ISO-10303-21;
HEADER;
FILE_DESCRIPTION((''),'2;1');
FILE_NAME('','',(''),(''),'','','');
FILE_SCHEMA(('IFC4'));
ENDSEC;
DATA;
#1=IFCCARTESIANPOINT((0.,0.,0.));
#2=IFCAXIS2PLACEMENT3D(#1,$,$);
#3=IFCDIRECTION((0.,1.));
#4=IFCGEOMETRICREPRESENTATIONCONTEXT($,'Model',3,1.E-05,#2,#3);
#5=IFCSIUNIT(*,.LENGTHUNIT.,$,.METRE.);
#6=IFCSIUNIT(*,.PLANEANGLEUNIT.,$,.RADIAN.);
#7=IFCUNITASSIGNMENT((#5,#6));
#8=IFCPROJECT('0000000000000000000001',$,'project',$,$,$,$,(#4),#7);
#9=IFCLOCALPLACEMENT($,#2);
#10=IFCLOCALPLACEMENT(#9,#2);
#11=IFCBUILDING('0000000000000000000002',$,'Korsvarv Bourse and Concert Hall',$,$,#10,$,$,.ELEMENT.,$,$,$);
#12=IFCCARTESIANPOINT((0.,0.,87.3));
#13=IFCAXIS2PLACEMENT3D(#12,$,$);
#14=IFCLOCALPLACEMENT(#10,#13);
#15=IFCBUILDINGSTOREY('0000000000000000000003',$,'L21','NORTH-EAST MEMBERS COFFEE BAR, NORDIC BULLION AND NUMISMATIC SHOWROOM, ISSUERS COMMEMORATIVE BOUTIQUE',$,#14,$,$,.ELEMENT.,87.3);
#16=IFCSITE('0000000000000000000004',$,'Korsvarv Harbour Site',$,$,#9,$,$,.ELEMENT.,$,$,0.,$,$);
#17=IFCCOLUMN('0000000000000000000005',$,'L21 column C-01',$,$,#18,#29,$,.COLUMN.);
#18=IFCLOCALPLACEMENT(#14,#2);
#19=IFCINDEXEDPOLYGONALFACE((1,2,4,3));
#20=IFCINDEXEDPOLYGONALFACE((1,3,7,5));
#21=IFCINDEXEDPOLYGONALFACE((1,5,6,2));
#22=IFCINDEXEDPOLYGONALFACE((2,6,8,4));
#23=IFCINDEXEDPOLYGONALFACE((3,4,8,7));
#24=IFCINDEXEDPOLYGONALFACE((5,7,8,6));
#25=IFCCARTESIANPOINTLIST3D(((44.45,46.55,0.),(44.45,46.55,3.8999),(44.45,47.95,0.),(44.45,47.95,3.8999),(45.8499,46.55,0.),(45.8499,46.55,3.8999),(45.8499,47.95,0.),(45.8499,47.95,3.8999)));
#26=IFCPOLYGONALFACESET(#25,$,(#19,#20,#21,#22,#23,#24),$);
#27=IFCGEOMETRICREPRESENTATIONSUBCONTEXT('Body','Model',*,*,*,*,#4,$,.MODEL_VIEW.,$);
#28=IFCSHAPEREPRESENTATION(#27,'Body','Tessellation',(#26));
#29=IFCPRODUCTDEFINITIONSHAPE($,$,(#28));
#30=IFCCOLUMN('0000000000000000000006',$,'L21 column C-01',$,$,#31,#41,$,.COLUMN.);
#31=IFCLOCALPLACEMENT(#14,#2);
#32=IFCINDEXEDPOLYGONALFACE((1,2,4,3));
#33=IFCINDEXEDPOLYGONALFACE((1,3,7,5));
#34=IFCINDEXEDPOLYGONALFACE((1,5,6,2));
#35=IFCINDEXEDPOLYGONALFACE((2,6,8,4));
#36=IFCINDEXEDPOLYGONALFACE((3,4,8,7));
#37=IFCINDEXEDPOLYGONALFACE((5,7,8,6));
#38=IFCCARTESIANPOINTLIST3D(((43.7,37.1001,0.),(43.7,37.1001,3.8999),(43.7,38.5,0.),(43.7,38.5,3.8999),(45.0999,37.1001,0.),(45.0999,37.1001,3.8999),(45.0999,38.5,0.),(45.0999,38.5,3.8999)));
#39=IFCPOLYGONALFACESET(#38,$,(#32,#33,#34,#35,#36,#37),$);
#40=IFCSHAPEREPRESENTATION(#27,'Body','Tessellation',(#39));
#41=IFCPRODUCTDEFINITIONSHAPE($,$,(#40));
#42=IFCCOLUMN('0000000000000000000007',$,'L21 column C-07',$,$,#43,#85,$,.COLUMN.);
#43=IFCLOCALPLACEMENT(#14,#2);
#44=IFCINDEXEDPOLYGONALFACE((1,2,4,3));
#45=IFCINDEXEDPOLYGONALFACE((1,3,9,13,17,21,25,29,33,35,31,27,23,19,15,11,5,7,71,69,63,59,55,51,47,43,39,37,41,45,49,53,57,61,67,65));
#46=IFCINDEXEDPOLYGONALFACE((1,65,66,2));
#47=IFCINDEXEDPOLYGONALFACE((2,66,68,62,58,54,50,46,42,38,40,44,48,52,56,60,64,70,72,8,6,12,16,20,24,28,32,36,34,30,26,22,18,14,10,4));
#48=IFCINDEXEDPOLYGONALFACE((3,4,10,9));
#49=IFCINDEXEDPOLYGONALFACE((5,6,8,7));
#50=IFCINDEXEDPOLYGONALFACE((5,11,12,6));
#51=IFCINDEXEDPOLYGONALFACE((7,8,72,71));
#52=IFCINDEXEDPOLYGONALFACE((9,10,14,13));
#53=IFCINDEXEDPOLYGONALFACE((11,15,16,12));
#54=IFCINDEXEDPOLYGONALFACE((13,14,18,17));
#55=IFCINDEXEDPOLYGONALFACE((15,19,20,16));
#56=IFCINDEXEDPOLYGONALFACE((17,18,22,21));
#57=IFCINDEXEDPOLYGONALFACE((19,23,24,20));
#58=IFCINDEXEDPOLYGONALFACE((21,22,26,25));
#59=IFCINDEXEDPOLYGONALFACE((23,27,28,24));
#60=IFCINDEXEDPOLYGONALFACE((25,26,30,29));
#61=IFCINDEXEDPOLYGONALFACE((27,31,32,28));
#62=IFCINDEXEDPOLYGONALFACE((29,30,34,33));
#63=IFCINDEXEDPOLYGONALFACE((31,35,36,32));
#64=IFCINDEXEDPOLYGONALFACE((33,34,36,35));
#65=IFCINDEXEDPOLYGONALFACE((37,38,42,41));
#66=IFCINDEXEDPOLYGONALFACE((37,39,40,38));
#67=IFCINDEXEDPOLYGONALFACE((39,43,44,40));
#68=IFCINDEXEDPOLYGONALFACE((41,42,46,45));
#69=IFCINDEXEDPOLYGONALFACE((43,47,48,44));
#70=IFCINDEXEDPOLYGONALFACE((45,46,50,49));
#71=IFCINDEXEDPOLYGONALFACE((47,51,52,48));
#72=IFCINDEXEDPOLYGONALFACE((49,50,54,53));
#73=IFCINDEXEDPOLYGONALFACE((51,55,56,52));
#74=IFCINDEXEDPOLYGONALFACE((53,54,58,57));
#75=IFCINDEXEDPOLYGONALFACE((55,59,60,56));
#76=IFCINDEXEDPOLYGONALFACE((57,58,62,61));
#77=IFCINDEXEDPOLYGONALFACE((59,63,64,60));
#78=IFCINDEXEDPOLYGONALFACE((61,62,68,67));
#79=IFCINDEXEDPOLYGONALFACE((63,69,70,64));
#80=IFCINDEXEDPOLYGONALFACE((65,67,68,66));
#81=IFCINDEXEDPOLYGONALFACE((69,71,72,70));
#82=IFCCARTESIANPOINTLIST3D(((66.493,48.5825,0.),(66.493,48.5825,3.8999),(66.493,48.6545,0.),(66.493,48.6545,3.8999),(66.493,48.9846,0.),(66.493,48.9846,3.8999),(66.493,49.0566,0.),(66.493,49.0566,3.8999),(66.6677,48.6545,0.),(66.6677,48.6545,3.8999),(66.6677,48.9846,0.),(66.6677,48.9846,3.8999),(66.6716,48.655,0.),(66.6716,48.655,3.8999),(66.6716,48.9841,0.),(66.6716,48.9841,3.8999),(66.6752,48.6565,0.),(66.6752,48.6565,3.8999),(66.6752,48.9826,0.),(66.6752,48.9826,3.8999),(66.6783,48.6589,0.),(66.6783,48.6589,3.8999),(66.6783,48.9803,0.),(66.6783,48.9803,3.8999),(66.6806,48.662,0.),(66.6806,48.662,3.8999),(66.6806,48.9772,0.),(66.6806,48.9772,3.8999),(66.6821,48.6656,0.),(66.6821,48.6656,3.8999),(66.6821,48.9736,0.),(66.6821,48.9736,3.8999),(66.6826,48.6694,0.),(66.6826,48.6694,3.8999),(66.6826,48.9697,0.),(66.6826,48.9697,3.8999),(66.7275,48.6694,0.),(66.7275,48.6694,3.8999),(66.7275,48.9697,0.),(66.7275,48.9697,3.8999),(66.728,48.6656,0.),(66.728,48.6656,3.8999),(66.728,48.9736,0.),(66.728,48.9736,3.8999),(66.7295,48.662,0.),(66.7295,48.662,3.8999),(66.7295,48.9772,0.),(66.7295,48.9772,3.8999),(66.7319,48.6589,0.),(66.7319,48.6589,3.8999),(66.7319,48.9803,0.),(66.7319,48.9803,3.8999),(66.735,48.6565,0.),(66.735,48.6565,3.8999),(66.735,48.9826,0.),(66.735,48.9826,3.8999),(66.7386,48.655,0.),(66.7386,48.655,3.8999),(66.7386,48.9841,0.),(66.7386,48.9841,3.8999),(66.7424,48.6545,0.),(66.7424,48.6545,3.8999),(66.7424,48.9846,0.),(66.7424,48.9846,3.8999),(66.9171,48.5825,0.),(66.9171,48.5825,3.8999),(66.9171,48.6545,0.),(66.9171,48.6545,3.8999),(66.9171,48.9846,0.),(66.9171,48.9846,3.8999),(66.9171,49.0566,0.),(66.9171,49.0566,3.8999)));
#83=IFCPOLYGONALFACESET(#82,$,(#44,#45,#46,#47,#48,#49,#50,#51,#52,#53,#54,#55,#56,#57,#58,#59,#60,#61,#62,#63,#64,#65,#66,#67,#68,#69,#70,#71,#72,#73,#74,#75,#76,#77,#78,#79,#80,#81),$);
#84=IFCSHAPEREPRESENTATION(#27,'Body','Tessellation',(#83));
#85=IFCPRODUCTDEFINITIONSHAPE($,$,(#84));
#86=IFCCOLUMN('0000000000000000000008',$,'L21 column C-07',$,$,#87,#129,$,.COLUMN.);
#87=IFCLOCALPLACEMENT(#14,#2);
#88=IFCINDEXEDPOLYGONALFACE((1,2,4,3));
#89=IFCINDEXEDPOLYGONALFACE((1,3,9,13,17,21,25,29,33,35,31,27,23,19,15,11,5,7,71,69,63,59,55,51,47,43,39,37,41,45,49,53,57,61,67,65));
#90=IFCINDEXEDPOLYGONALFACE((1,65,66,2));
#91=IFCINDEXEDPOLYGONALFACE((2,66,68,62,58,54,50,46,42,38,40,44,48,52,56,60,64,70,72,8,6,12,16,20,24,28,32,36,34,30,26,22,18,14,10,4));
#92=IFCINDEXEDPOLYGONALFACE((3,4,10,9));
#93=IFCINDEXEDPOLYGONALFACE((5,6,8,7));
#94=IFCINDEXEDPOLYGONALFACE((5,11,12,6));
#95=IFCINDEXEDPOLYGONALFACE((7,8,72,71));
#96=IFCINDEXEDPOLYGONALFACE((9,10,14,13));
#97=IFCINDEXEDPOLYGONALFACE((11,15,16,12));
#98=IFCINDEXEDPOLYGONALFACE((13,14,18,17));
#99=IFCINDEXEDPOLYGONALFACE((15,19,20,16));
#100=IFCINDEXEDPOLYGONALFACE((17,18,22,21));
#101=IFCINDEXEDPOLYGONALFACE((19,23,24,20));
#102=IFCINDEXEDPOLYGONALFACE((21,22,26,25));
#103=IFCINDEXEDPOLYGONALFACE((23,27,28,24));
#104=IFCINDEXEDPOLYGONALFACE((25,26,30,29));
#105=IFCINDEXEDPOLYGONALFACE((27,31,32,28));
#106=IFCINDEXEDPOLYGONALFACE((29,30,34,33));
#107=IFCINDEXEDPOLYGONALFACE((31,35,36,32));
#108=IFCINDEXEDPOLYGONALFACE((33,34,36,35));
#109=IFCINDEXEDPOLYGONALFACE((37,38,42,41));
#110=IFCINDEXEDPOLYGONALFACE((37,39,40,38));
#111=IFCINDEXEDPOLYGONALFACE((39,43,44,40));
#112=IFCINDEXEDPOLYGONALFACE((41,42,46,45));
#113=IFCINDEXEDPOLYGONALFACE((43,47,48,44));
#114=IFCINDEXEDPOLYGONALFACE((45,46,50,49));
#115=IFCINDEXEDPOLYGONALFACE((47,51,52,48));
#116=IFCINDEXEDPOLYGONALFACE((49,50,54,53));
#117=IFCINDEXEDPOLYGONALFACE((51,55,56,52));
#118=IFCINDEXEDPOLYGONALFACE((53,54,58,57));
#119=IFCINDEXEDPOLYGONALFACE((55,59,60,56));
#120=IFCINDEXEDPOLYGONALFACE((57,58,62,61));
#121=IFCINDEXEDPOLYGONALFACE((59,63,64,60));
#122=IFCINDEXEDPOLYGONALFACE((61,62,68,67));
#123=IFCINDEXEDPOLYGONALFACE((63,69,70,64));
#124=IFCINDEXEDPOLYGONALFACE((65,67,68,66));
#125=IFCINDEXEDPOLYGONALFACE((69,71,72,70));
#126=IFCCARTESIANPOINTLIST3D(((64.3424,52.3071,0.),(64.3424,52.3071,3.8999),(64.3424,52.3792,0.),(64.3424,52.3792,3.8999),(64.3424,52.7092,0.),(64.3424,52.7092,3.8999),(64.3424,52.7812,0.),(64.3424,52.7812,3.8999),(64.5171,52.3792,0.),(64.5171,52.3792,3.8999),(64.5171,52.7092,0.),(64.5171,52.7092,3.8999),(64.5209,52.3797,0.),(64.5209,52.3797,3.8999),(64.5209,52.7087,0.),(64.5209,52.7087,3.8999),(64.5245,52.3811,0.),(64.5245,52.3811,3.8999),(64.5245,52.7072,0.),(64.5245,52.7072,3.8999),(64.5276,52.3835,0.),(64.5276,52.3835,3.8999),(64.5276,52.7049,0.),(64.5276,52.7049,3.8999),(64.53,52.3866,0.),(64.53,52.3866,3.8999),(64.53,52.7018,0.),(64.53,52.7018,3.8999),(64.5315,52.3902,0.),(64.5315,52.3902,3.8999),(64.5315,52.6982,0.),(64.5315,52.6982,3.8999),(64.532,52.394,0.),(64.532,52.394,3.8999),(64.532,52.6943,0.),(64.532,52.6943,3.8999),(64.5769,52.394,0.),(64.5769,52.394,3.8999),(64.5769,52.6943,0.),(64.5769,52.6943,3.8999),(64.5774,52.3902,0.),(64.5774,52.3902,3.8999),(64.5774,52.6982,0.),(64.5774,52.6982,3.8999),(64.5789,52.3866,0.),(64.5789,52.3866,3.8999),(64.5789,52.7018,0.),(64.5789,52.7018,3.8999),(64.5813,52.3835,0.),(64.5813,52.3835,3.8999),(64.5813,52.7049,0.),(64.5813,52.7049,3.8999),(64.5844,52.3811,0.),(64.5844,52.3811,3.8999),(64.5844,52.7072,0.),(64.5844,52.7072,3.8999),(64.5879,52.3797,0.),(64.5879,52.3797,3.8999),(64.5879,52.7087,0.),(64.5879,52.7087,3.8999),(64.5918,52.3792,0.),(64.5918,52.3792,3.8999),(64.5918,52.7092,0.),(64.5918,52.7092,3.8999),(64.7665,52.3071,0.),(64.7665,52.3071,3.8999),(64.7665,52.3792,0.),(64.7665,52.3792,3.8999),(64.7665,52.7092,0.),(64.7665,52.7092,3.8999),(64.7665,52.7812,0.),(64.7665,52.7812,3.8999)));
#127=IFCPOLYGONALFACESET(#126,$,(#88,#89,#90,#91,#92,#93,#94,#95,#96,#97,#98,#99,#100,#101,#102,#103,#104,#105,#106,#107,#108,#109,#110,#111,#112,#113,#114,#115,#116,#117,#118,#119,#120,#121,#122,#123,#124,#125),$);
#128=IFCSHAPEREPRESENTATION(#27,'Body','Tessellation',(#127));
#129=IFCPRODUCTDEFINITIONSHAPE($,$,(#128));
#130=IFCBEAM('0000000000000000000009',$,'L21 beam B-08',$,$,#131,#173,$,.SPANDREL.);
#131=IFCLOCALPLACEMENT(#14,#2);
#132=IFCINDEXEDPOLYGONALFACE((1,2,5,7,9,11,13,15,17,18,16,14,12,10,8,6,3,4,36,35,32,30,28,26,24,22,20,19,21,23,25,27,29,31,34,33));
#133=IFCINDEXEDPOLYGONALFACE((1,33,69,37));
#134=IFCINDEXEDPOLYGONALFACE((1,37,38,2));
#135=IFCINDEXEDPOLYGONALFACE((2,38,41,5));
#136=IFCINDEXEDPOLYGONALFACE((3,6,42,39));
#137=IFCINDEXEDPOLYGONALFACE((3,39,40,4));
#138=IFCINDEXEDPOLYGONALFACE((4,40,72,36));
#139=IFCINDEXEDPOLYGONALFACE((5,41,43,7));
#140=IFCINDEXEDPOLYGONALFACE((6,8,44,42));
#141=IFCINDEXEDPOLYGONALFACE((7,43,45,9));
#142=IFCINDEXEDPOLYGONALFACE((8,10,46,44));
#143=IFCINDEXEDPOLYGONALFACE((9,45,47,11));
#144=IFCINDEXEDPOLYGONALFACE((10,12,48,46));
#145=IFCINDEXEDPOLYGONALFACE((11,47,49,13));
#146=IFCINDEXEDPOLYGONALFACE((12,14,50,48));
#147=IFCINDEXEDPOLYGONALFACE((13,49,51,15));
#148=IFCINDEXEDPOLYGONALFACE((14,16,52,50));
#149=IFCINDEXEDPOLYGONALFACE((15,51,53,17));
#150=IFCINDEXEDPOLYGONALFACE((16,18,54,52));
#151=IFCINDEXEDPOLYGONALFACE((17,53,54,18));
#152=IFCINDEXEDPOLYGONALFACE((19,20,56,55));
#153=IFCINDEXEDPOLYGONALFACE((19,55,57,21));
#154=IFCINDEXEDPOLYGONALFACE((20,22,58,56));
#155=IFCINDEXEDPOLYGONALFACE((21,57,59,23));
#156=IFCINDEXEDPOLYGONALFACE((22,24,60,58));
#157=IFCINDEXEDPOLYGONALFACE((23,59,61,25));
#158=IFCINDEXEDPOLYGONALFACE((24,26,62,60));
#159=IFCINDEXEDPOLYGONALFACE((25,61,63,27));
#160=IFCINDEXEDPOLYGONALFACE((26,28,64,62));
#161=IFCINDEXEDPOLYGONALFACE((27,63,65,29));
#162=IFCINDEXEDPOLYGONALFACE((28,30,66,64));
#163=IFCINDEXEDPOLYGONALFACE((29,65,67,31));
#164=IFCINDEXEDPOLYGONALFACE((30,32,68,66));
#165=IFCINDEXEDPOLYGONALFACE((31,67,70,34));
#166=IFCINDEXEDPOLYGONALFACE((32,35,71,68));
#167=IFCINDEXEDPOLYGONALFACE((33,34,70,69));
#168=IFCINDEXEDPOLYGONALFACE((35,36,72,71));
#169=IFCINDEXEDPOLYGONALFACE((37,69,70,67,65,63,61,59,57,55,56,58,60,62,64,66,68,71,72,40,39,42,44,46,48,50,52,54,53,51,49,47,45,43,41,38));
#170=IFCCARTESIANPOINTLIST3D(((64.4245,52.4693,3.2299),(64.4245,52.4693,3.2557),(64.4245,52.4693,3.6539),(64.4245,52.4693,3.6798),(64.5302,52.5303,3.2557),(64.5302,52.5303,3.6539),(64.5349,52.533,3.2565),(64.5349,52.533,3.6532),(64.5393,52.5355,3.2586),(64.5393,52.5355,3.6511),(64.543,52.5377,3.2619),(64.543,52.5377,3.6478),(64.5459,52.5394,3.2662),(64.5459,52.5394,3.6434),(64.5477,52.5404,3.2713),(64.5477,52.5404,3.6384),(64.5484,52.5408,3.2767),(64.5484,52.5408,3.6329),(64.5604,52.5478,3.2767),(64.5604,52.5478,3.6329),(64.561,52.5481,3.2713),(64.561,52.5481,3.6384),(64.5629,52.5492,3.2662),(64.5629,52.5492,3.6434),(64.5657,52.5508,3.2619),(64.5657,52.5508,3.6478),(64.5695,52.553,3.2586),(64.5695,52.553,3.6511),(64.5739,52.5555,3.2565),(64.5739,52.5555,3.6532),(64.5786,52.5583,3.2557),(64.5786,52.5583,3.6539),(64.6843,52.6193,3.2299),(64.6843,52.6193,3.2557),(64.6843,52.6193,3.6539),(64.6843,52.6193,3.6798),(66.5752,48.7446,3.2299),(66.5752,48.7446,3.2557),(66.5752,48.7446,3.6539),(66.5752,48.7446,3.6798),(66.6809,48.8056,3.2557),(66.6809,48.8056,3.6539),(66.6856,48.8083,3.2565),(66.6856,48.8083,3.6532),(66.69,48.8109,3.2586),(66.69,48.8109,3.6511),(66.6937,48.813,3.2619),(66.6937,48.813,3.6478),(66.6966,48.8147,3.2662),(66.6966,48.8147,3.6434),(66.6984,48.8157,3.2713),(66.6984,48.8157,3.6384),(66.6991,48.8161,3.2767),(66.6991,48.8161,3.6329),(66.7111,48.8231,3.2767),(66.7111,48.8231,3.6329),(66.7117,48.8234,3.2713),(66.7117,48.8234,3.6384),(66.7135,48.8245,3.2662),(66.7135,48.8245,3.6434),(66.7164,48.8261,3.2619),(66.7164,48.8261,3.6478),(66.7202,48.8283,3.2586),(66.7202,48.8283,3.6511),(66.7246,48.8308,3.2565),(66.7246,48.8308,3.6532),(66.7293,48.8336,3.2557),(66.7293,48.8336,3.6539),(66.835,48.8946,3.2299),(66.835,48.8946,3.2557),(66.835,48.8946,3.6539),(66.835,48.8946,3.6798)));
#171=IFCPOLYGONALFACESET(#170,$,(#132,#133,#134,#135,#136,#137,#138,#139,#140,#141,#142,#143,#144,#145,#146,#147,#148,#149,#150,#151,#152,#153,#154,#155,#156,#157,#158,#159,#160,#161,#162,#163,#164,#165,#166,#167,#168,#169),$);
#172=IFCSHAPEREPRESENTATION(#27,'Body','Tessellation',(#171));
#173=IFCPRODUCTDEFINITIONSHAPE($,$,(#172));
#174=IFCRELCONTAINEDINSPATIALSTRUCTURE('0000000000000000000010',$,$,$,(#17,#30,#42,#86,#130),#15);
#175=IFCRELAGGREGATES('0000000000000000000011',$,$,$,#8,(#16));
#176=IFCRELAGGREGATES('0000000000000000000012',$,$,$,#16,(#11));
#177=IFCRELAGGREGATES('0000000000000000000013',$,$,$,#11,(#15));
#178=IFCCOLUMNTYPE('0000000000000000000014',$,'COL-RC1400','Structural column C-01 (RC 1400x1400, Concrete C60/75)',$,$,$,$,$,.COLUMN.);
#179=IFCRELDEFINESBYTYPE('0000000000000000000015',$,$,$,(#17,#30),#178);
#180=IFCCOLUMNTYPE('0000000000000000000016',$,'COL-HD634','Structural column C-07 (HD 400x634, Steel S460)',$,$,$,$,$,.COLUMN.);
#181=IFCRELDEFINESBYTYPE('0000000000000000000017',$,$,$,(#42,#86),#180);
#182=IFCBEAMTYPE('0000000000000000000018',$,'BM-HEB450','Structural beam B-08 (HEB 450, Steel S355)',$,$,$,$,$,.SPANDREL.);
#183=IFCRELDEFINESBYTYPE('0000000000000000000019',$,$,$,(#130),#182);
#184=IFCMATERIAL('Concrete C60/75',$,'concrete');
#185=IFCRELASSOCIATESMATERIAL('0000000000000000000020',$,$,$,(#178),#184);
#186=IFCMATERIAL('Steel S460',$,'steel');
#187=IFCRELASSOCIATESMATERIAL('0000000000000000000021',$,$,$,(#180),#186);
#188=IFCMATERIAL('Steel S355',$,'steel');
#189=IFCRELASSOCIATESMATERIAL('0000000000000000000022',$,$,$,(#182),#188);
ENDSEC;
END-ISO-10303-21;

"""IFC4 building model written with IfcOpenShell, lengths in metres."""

from ifc_helpers import new_model, si_unit, direction, frame, origin, origin_2d, place, context, subcontext, project, spatial, rectangle, i_section, extrude, source, transform, mapped, material, material_profile, profile_set, type_object, element, save


model = new_model("IFC4")

# Units and contexts
model_context = context("Model", 3, precision=1e-05, world=origin(), true_north=direction((0.0, 1.0)))
body_context = subcontext(model_context, "Body", "Model", "MODEL_VIEW")
ifc_project = project(units=[si_unit("LENGTHUNIT", "METRE"), si_unit("PLANEANGLEUNIT", "RADIAN")], contexts=[model_context])

# Site, building, storey
site_placement = place(None, origin())
site = spatial("IfcSite", under=ifc_project, at=site_placement, Name="Korsvarv Harbour Site", CompositionType="ELEMENT", RefElevation=0.0)
building_placement = place(site_placement, origin())
building = spatial("IfcBuilding", under=site, at=building_placement, Name="Korsvarv Bourse and Concert Hall", CompositionType="ELEMENT")
storey_placement = place(building_placement, frame((0.0, 0.0, 87.3)))
storey = spatial("IfcBuildingStorey", under=building, at=storey_placement, Name="L21", Description="NORTH-EAST MEMBERS COFFEE BAR, NORDIC BULLION AND NUMISMATIC SHOWROOM, ISSUERS COMMEMORATIVE BOUTIQUE", CompositionType="ELEMENT", Elevation=87.3)

# Columns
ifc_material_1 = material(Name="Concrete C60/75", Category="concrete")
ifc_material_profile_1 = material_profile(ifc_material_1, rectangle(XDim=1.3999, YDim=1.3999, at=origin_2d()), Name="RC 1400x1400")
ifc_profile_set_1 = profile_set([ifc_material_profile_1], Name="Concrete C60/75")
column_type_1 = type_object("IfcColumnType", Name="COL-RC1400", Description="Structural column C-01 (RC 1400x1400, Concrete C60/75)", PredefinedType="COLUMN", material=ifc_profile_set_1)
shared_shape_1 = source(origin(), body_context, "Body", "SweptSolid", [
    extrude(rectangle(XDim=1.3999, YDim=1.3999, at=origin_2d()), origin(), (0.0, 0.0, 1.0), 3.8999),
])
for number, where, z_axis, x_axis, name in (
    (1, (45.1499, 47.25, 0.0), (0.0, 0.0, 1.0), (1.0, 0.0, 0.0), "L21 column C-01"),
    (2, (44.3999, 37.8, 0.0), (0.0, 0.0, 1.0), (1.0, 0.0, 0.0), "L21 column C-01"),
):
    element("IfcColumn", number, at=place(storey_placement, frame(where, z_axis=z_axis, x_axis=x_axis)), inside=storey, type_object=column_type_1, Name=name, PredefinedType="COLUMN", context=body_context, shape_type="MappedRepresentation", body=[
        mapped(shared_shape_1, transform((0.0, 0.0, 0.0), scale=1.0)),
    ])
ifc_material_2 = material(Name="Steel S460", Category="steel")
ifc_material_profile_2 = material_profile(ifc_material_2, i_section(OverallWidth=0.4241, OverallDepth=0.4741, WebThickness=0.0449, FlangeThickness=0.072, FilletRadius=0.0149, at=origin_2d()), Name="HD 400x634")
ifc_profile_set_2 = profile_set([ifc_material_profile_2], Name="Steel S460")
column_type_2 = type_object("IfcColumnType", Name="COL-HD634", Description="Structural column C-07 (HD 400x634, Steel S460)", PredefinedType="COLUMN", material=ifc_profile_set_2)
shared_shape_2 = source(origin(), body_context, "Body", "SweptSolid", [
    extrude(i_section(OverallWidth=0.4241, OverallDepth=0.4741, WebThickness=0.0449, FlangeThickness=0.072, FilletRadius=0.0149, at=origin_2d()), origin(), (0.0, 0.0, 1.0), 3.8999),
])
for number, where, z_axis, x_axis, name in (
    (3, (66.7051, 48.8196, 0.0), (0.0, 0.0, 1.0), (1.0, 0.0, 0.0), "L21 column C-07"),
    (4, (64.5544, 52.5442, 0.0), (0.0, 0.0, 1.0), (1.0, 0.0, 0.0), "L21 column C-07"),
):
    element("IfcColumn", number, at=place(storey_placement, frame(where, z_axis=z_axis, x_axis=x_axis)), inside=storey, type_object=column_type_2, Name=name, PredefinedType="COLUMN", context=body_context, shape_type="MappedRepresentation", body=[
        mapped(shared_shape_2, transform((0.0, 0.0, 0.0), scale=1.0)),
    ])

# Beam
ifc_material_3 = material(Name="Steel S355", Category="steel")
ifc_material_profile_3 = material_profile(ifc_material_3, i_section(OverallWidth=0.3, OverallDepth=0.45, WebThickness=0.0139, FlangeThickness=0.0259, FilletRadius=0.021, at=origin_2d()), Name="HEB 450")
ifc_profile_set_3 = profile_set([ifc_material_profile_3], Name="Steel S355")
beam_type_1 = type_object("IfcBeamType", Name="BM-HEB450", Description="Structural beam B-08 (HEB 450, Steel S355)", PredefinedType="SPANDREL", material=ifc_profile_set_3)
shared_shape_3 = source(origin(), body_context, "Body", "SweptSolid", [
    extrude(i_section(OverallWidth=0.3, OverallDepth=0.45, WebThickness=0.0139, FlangeThickness=0.0259, FilletRadius=0.021, at=origin_2d()), origin(), (0.0, 0.0, 1.0), 4.301),
])
beam_1_placement = place(storey_placement, frame((66.7051, 48.8196, 3.4548), z_axis=(-0.50004, 0.866002, 0.0), x_axis=(-0.866002, -0.50004, 0.0)))
element("IfcBeam", 5, at=beam_1_placement, inside=storey, type_object=beam_type_1, Name="L21 beam B-08", PredefinedType="SPANDREL", context=body_context, shape_type="MappedRepresentation", body=[
    mapped(shared_shape_3, transform((0.0, 0.0, 0.0), scale=1.0)),
])

save(model, "model.ifc")
